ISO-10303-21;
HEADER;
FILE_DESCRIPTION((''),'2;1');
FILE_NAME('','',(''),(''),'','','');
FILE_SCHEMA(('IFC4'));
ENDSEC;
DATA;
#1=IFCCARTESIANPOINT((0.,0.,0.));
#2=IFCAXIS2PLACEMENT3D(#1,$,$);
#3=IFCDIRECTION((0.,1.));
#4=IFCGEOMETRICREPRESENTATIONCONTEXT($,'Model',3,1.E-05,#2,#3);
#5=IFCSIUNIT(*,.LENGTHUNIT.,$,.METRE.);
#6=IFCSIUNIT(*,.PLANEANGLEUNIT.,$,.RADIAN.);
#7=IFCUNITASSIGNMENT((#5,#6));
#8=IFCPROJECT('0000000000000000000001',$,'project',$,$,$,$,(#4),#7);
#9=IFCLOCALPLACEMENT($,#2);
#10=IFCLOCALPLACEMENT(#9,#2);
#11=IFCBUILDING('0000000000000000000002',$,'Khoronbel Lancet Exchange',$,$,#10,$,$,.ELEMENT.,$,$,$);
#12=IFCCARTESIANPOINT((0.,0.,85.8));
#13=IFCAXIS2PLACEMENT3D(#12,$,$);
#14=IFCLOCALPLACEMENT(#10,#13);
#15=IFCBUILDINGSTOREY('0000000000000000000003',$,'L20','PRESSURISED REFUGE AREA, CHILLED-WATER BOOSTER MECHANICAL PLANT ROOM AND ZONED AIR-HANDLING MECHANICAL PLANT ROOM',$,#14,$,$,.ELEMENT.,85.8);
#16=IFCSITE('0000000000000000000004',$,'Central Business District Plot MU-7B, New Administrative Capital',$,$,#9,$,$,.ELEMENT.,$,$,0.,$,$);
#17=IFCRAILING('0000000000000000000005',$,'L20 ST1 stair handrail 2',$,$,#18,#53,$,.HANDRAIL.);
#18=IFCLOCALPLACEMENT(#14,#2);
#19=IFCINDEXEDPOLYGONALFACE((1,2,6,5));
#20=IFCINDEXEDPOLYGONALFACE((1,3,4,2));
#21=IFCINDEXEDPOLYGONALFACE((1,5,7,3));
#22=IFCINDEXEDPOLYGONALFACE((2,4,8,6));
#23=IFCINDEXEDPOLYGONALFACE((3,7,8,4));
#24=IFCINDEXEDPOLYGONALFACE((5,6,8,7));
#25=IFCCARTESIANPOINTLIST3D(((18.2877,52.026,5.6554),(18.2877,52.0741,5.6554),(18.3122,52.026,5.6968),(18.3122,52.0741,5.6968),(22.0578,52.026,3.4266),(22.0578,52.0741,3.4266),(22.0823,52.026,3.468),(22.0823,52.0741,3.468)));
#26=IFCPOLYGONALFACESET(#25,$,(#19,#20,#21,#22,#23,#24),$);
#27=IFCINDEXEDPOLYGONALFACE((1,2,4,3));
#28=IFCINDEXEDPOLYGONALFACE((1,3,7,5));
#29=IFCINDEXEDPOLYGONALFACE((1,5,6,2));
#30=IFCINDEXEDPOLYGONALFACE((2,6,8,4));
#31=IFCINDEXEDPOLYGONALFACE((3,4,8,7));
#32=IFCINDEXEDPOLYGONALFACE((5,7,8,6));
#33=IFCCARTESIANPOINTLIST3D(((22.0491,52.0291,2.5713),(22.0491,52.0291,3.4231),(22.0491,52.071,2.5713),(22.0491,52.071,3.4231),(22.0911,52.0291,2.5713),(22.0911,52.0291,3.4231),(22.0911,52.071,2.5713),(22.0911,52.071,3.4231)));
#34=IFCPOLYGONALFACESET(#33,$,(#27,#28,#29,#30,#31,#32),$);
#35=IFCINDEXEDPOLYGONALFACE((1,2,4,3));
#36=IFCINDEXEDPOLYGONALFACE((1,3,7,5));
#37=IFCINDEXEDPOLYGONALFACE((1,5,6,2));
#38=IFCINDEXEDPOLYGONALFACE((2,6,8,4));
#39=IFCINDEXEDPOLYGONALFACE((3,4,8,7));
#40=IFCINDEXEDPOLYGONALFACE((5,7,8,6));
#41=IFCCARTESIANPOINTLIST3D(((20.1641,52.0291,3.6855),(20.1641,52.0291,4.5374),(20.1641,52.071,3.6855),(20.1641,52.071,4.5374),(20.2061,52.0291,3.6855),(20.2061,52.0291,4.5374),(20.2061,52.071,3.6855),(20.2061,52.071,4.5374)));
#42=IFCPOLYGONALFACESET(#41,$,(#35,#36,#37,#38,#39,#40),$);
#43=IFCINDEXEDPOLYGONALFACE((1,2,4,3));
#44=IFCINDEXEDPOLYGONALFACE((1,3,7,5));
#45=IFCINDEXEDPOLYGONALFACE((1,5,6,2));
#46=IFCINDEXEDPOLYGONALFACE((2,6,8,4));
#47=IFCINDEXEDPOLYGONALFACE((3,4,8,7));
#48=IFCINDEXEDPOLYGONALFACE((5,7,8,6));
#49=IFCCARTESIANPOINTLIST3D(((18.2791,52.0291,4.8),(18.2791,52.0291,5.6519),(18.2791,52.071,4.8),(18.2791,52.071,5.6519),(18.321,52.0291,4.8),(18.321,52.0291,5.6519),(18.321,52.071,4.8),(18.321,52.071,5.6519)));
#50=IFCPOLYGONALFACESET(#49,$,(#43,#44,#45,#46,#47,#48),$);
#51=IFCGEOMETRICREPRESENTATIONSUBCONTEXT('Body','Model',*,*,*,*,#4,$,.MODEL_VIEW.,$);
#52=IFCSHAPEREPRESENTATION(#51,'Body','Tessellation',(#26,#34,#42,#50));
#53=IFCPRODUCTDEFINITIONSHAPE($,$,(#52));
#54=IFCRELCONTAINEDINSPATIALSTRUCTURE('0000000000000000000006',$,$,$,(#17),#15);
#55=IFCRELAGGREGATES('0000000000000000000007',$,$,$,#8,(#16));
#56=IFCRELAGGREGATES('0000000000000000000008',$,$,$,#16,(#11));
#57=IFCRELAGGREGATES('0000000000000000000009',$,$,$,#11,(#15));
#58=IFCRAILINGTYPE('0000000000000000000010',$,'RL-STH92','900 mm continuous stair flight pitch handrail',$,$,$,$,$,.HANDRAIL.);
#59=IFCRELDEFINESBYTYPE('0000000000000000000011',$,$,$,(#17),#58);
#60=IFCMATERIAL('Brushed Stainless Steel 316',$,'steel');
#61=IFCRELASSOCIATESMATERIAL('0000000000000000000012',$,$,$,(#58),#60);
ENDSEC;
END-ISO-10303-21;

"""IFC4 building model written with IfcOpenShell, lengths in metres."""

from ifc_helpers import new_model, si_unit, direction, frame, origin, origin_2d, place, context, subcontext, project, spatial, rectangle, extrude, material, type_object, element, save


model = new_model("IFC4")

# Units and contexts
model_context = context("Model", 3, precision=1e-05, world=origin(), true_north=direction((0.0, 1.0)))
body_context = subcontext(model_context, "Body", "Model", "MODEL_VIEW")
ifc_project = project(units=[si_unit("LENGTHUNIT", "METRE"), si_unit("PLANEANGLEUNIT", "RADIAN")], contexts=[model_context])

# Site, building, storey
site_placement = place(None, origin())
site = spatial("IfcSite", under=ifc_project, at=site_placement, Name="Central Business District Plot MU-7B, New Administrative Capital", CompositionType="ELEMENT", RefElevation=0.0)
building_placement = place(site_placement, origin())
building = spatial("IfcBuilding", under=site, at=building_placement, Name="Khoronbel Lancet Exchange", CompositionType="ELEMENT")
storey_placement = place(building_placement, frame((0.0, 0.0, 85.8)))
storey = spatial("IfcBuildingStorey", under=building, at=storey_placement, Name="L20", Description="PRESSURISED REFUGE AREA, CHILLED-WATER BOOSTER MECHANICAL PLANT ROOM AND ZONED AIR-HANDLING MECHANICAL PLANT ROOM", CompositionType="ELEMENT", Elevation=85.8)

# Railing
ifc_material_1 = material(Name="Brushed Stainless Steel 316", Category="steel")
railing_type_1 = type_object("IfcRailingType", Name="RL-STH92", Description="900 mm continuous stair flight pitch handrail", PredefinedType="HANDRAIL", material=ifc_material_1)
railing_1_placement = place(storey_placement, frame((22.0701, 52.05, 2.5713)))
element("IfcRailing", 1, at=railing_1_placement, inside=storey, type_object=railing_type_1, Name="L20 ST1 stair handrail 2", PredefinedType="HANDRAIL", context=body_context, shape_type="SweptSolid", body=[
    extrude(rectangle(XDim=0.0481, YDim=0.0481, at=origin_2d()), frame((0.0, 0.0, 0.876), z_axis=(-0.860824, 0.0, 0.508902), x_axis=(0.0, -1.0, 0.0)), (0.0, 0.0, 1.0), 4.3796),
    extrude(rectangle(XDim=0.042, YDim=0.042, at=origin_2d()), origin(), (0.0, 0.0, 1.0), 0.8518),
    extrude(rectangle(XDim=0.042, YDim=0.042, at=origin_2d()), frame((-1.885, 0.0, 1.1143)), (0.0, 0.0, 1.0), 0.8518),
    extrude(rectangle(XDim=0.042, YDim=0.042, at=origin_2d()), frame((-3.77, 0.0, 2.2288)), (0.0, 0.0, 1.0), 0.8518),
])

save(model, "model.ifc")
